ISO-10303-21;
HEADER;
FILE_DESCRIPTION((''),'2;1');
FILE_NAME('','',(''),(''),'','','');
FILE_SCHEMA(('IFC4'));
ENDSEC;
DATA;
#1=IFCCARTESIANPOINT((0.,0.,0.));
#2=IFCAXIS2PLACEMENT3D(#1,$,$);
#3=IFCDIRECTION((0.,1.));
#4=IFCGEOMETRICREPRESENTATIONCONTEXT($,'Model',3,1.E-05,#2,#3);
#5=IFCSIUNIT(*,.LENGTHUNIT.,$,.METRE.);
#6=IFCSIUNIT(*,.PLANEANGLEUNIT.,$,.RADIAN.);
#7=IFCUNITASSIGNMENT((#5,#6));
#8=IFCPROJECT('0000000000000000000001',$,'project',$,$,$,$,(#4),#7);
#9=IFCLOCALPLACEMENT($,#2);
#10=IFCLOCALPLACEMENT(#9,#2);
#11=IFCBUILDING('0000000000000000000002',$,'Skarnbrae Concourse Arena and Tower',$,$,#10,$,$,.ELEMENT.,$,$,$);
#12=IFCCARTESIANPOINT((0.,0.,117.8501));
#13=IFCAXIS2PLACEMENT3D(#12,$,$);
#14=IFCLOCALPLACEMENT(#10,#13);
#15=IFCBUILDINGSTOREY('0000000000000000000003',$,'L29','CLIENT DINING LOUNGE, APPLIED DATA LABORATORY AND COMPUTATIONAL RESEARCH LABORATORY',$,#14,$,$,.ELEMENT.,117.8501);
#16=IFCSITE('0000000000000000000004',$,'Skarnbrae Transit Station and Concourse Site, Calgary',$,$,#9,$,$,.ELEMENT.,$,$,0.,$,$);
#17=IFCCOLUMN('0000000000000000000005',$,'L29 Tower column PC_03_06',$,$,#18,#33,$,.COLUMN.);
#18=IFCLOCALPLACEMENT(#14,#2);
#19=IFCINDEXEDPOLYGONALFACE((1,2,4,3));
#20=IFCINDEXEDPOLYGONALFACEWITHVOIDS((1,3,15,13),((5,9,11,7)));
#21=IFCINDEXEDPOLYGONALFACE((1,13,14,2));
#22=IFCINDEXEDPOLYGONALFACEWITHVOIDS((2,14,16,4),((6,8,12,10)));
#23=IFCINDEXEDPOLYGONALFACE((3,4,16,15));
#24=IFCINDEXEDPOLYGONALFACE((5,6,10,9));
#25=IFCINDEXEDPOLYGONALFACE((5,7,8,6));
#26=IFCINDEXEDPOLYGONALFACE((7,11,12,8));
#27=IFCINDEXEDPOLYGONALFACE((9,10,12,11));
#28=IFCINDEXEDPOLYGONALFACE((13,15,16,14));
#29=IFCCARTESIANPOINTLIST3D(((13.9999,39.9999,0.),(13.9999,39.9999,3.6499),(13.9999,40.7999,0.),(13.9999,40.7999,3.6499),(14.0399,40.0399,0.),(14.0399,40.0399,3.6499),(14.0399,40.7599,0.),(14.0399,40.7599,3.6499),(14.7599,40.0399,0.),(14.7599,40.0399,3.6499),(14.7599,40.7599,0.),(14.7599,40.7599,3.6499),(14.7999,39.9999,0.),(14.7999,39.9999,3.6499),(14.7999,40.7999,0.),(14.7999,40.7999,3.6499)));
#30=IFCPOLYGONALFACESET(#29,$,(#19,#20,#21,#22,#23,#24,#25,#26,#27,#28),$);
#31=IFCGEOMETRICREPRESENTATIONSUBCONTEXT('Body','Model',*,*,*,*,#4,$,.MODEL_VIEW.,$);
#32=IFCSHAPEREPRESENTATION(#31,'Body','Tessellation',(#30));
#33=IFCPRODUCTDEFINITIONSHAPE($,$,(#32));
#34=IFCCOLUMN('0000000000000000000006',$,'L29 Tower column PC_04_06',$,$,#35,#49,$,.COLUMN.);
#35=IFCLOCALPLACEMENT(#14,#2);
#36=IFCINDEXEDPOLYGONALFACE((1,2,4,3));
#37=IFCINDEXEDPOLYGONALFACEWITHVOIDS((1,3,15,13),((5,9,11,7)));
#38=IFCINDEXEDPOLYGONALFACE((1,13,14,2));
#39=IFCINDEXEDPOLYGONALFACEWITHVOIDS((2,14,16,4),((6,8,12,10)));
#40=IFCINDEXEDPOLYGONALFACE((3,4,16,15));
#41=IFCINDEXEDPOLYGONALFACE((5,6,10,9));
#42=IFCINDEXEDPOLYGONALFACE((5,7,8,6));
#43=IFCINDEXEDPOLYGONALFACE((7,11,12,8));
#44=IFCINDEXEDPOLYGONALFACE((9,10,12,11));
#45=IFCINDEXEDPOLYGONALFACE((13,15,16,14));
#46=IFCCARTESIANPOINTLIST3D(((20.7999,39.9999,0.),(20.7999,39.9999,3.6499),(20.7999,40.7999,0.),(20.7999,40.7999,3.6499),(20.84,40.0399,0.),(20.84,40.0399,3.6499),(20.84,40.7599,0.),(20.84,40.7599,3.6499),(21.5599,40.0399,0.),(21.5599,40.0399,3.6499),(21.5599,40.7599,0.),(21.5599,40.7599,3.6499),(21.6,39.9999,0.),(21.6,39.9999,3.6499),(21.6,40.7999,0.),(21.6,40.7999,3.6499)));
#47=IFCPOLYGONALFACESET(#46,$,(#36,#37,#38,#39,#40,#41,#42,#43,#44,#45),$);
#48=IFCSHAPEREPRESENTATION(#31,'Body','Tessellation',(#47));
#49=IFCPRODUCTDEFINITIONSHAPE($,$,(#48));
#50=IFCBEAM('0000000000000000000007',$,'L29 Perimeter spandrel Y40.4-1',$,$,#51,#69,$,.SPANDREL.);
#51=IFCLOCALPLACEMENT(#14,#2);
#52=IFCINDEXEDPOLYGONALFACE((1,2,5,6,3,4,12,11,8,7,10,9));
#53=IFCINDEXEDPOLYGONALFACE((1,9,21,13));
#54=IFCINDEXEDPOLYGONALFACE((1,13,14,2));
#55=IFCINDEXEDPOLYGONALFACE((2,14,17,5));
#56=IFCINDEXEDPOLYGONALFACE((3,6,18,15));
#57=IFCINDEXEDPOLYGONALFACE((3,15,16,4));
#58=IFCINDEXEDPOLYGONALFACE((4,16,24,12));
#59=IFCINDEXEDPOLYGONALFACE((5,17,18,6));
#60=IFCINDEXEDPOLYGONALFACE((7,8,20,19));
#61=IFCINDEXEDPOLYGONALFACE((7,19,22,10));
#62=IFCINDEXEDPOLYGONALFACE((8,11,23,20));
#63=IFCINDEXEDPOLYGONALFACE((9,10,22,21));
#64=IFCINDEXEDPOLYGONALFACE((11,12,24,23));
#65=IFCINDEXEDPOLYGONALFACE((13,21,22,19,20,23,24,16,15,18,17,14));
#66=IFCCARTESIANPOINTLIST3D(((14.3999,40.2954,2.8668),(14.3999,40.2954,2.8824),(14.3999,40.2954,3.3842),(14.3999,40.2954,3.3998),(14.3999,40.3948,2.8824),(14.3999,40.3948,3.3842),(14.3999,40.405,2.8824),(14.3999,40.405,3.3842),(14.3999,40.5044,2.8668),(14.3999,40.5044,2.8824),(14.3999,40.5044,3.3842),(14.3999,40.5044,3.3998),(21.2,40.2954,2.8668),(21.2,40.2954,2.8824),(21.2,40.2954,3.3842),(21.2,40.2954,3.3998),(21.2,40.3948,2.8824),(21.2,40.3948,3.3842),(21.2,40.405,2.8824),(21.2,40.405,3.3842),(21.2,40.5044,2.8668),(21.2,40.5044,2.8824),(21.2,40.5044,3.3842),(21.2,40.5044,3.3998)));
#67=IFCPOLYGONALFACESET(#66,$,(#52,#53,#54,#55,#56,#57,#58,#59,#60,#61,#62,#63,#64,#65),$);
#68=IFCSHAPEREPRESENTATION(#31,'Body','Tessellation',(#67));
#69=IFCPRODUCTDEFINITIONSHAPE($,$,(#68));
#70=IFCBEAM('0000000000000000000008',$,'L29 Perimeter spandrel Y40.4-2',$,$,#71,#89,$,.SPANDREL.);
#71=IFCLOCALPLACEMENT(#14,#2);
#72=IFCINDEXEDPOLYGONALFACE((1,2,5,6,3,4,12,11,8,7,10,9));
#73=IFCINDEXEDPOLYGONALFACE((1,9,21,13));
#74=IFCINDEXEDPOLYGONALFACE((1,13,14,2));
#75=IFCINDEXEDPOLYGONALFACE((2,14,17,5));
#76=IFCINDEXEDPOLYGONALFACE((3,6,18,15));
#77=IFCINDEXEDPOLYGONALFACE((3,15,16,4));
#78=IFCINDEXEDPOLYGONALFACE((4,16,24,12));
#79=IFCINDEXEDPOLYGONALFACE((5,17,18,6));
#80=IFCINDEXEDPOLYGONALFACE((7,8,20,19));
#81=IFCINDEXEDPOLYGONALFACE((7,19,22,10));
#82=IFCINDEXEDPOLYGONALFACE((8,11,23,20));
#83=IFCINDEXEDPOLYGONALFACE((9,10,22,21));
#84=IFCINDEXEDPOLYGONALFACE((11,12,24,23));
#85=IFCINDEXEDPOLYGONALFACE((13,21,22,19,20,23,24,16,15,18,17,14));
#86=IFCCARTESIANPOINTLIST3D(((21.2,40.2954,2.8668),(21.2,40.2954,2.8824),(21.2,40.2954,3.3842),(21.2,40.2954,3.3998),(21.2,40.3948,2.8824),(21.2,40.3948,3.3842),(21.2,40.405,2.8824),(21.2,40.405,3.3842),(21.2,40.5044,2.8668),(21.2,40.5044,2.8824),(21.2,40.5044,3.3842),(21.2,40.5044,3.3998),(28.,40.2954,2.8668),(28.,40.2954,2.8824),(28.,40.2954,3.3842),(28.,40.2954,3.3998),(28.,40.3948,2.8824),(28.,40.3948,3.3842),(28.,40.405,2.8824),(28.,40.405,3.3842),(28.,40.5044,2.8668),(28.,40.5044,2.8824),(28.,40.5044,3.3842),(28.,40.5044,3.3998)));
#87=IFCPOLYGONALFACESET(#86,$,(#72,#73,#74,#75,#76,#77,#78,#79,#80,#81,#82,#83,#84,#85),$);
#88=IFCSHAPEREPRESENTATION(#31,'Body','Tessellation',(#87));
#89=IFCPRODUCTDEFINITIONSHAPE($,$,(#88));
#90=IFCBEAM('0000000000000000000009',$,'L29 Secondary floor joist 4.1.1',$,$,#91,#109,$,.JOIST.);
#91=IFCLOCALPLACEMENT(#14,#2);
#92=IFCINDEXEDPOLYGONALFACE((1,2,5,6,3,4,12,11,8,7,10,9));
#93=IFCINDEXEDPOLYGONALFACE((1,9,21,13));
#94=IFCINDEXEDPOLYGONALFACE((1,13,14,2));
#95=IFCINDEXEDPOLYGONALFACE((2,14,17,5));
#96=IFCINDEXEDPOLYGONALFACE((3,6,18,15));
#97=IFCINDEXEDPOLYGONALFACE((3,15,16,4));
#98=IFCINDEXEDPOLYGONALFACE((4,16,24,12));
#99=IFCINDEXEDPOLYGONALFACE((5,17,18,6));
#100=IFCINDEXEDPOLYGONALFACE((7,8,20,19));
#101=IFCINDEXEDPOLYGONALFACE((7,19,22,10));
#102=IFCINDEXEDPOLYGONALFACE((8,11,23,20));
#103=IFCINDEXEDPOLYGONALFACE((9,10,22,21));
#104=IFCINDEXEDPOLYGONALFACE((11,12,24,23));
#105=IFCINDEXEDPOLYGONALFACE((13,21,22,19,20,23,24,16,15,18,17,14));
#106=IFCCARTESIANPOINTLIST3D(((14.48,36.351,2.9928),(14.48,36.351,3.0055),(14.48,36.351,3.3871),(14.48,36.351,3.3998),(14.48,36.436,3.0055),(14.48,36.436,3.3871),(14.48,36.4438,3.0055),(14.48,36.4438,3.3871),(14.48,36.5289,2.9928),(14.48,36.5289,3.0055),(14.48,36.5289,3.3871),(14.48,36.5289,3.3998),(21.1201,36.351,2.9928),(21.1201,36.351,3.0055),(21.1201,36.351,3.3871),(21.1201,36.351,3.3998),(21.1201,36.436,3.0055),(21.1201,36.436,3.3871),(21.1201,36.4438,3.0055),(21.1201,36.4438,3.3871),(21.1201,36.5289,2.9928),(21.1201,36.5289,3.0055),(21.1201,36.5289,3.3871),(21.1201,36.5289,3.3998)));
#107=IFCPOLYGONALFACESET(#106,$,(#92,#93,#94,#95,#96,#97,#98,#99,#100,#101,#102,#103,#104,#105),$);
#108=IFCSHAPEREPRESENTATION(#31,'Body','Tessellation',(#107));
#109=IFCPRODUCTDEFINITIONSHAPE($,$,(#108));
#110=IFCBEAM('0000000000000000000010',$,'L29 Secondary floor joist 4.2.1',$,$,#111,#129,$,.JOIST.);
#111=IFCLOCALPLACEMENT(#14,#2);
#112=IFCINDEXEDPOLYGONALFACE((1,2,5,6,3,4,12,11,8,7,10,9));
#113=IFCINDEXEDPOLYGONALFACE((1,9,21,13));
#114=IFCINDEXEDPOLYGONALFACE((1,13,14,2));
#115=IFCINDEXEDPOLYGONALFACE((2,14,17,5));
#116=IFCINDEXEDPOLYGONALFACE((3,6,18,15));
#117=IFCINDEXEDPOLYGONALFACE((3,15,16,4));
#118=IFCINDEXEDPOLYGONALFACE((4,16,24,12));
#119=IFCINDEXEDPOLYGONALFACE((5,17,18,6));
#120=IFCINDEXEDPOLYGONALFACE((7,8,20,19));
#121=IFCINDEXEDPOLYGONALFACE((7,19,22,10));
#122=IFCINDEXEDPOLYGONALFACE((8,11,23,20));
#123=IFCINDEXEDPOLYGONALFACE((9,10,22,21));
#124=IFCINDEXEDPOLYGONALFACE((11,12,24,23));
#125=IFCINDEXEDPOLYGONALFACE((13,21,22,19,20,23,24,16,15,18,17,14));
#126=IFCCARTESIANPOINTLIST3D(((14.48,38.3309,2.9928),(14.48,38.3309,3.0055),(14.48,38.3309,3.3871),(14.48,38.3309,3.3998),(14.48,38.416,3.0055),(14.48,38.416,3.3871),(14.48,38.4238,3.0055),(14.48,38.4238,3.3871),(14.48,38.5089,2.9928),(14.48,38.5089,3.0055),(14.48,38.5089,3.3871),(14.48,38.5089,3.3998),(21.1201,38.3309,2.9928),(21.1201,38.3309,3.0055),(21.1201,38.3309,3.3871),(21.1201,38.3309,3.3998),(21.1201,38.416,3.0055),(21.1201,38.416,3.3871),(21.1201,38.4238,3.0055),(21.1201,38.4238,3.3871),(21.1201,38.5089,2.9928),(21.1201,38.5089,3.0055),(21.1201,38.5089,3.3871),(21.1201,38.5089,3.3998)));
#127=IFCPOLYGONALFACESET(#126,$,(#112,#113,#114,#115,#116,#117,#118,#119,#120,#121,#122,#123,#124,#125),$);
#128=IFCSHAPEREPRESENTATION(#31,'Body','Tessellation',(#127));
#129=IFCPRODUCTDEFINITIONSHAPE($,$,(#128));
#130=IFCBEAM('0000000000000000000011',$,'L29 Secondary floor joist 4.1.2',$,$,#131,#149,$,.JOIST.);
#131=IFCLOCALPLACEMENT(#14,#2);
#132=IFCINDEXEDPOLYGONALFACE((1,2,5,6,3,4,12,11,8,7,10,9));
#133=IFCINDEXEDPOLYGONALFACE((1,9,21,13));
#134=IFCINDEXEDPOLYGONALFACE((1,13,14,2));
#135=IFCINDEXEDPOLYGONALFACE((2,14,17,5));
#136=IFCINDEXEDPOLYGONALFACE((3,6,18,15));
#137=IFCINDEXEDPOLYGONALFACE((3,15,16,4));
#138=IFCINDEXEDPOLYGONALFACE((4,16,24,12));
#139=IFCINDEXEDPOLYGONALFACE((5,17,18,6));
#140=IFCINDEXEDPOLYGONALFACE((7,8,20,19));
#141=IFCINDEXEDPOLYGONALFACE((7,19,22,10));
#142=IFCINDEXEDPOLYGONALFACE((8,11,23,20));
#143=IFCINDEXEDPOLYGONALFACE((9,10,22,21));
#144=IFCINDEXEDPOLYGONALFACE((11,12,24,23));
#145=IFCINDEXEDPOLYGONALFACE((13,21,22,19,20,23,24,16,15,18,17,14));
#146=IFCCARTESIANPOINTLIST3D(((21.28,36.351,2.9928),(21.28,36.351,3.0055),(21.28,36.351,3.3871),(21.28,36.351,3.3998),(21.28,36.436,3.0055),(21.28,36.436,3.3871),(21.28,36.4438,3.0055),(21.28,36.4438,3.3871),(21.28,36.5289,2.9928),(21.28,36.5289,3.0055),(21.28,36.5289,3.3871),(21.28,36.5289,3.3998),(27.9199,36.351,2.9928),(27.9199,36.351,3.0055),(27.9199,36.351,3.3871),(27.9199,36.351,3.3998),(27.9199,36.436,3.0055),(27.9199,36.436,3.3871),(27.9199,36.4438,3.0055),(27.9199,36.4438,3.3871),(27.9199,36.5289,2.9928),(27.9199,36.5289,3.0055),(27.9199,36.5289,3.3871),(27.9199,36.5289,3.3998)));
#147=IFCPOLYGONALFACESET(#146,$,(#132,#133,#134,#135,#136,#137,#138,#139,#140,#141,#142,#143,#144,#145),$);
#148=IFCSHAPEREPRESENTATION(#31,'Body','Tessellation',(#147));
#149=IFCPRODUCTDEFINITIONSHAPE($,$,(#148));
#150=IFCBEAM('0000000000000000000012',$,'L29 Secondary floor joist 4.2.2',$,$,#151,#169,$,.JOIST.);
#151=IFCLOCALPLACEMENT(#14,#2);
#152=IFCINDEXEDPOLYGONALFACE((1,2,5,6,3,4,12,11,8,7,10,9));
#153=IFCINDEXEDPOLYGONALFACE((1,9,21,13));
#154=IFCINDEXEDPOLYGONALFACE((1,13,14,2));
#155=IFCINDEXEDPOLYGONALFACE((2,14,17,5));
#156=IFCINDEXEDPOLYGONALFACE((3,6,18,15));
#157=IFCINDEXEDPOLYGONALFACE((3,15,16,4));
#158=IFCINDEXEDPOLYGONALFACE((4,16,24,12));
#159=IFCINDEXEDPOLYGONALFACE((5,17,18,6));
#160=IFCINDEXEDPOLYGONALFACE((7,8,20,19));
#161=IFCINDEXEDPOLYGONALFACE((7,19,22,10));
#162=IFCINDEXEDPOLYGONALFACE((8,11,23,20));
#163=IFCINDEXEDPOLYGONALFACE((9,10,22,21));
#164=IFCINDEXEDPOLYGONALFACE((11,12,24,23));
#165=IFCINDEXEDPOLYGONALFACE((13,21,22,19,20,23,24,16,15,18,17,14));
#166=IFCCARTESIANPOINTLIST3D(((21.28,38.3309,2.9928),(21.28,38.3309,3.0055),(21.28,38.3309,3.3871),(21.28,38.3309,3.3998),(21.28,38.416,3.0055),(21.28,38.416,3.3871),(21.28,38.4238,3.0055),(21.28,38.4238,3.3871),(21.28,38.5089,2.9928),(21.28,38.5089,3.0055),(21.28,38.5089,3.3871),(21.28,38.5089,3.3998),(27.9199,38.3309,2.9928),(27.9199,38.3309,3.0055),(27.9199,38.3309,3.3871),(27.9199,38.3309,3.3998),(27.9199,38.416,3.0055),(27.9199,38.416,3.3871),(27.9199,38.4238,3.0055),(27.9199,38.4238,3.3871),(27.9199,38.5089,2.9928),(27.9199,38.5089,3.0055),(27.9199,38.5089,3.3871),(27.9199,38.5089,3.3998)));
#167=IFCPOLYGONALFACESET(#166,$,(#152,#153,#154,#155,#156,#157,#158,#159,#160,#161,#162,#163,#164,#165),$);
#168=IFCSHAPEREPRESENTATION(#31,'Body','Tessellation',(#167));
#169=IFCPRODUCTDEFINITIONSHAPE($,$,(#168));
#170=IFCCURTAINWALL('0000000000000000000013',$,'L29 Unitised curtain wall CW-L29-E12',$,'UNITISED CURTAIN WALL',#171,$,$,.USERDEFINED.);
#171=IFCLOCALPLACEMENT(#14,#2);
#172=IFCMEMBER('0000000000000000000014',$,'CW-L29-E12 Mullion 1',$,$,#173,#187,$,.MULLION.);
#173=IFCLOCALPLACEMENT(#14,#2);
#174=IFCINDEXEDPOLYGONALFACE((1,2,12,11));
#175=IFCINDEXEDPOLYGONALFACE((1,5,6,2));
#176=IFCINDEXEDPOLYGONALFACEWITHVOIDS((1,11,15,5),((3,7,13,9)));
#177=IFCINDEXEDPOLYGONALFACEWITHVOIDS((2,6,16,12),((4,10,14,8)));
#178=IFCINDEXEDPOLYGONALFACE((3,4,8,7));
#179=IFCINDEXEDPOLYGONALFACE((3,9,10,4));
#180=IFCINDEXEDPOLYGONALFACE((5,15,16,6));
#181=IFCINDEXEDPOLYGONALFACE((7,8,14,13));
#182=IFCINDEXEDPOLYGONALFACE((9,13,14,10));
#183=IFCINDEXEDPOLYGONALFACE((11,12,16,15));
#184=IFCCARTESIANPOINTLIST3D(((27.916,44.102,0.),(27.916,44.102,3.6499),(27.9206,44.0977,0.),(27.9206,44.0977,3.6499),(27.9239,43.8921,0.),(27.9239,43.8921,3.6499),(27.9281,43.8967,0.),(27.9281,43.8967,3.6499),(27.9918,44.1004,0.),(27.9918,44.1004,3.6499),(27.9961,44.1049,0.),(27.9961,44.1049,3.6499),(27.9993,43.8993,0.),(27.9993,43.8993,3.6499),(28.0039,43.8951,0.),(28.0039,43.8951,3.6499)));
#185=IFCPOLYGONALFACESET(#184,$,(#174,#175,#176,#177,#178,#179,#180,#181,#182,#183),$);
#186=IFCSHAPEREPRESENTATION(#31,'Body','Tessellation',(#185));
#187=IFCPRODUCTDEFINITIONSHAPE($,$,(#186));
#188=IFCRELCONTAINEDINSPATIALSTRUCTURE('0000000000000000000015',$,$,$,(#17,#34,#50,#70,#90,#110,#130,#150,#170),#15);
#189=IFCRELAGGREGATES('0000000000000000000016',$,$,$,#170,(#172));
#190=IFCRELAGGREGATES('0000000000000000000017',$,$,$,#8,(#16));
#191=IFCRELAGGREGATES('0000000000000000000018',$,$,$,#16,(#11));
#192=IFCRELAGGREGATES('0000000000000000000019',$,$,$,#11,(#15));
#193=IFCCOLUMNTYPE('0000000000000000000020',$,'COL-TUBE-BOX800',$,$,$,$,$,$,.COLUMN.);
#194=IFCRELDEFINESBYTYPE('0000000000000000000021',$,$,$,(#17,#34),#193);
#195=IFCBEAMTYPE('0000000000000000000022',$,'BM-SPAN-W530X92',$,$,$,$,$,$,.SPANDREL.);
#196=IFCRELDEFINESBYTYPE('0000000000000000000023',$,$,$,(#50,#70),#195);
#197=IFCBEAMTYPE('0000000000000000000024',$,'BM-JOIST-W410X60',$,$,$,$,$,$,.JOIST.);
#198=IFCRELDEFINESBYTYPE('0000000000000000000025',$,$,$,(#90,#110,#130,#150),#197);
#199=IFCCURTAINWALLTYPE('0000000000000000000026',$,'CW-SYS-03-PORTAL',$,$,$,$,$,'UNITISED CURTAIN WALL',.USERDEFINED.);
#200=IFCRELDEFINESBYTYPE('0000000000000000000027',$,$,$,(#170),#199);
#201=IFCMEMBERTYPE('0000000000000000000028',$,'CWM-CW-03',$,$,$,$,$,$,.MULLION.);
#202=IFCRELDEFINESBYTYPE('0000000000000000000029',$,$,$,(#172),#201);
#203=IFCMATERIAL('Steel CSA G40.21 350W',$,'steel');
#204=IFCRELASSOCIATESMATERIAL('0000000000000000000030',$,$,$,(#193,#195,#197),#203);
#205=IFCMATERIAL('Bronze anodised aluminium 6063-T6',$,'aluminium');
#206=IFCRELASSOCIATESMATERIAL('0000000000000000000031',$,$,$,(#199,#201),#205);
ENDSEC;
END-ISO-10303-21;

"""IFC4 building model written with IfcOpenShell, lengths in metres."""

from ifc_helpers import new_model, si_unit, direction, frame, origin, origin_2d, place, context, subcontext, project, spatial, hollow_rectangle, i_section, extrude, source, transform, mapped, material, material_profile, profile_set, type_object, element, aggregate, save


model = new_model("IFC4")

# Units and contexts
model_context = context("Model", 3, precision=1e-05, world=origin(), true_north=direction((0.0, 1.0)))
body_context = subcontext(model_context, "Body", "Model", "MODEL_VIEW")
ifc_project = project(units=[si_unit("LENGTHUNIT", "METRE"), si_unit("PLANEANGLEUNIT", "RADIAN")], contexts=[model_context])

# Site, building, storey
site_placement = place(None, origin())
site = spatial("IfcSite", under=ifc_project, at=site_placement, Name="Skarnbrae Transit Station and Concourse Site, Calgary", CompositionType="ELEMENT", RefElevation=0.0)
building_placement = place(site_placement, origin())
building = spatial("IfcBuilding", under=site, at=building_placement, Name="Skarnbrae Concourse Arena and Tower", CompositionType="ELEMENT")
storey_placement = place(building_placement, frame((0.0, 0.0, 117.8501)))
storey = spatial("IfcBuildingStorey", under=building, at=storey_placement, Name="L29", Description="CLIENT DINING LOUNGE, APPLIED DATA LABORATORY AND COMPUTATIONAL RESEARCH LABORATORY", CompositionType="ELEMENT", Elevation=117.8501)

# Columns
ifc_material_1 = material(Name="Steel CSA G40.21 350W", Category="steel")
ifc_material_profile_1 = material_profile(ifc_material_1, hollow_rectangle(XDim=0.8, YDim=0.8, WallThickness=0.04, at=origin_2d()), Name="BOX800X800X40")
ifc_profile_set_1 = profile_set([ifc_material_profile_1], Name="Steel CSA G40.21 350W")
column_type = type_object("IfcColumnType", Name="COL-TUBE-BOX800", PredefinedType="COLUMN", material=ifc_profile_set_1)
shared_shape_1 = source(origin(), body_context, "Body", "SweptSolid", [
    extrude(hollow_rectangle(XDim=0.8, YDim=0.8, WallThickness=0.04, at=origin_2d()), origin(), (0.0, 0.0, 1.0), 3.6499),
])
for number, where, z_axis, x_axis, name in (
    (1, (14.3999, 40.3999, 0.0), (0.0, 0.0, 1.0), (1.0, 0.0, 0.0), "L29 Tower column PC_03_06"),
    (2, (21.2, 40.3999, 0.0), (0.0, 0.0, 1.0), (1.0, 0.0, 0.0), "L29 Tower column PC_04_06"),
):
    element("IfcColumn", number, at=place(storey_placement, frame(where, z_axis=z_axis, x_axis=x_axis)), inside=storey, type_object=column_type, Name=name, PredefinedType="COLUMN", context=body_context, shape_type="MappedRepresentation", body=[
        mapped(shared_shape_1, transform((0.0, 0.0, 0.0))),
    ])

# Beams
ifc_material_profile_2 = material_profile(ifc_material_1, i_section(OverallWidth=0.209, OverallDepth=0.533, WebThickness=0.0103, FlangeThickness=0.0156, at=origin_2d()), Name="W530X92")
ifc_profile_set_2 = profile_set([ifc_material_profile_2], Name="Steel CSA G40.21 350W")
beam_type_1 = type_object("IfcBeamType", Name="BM-SPAN-W530X92", PredefinedType="SPANDREL", material=ifc_profile_set_2)
shared_shape_2 = source(origin(), body_context, "Body", "SweptSolid", [
    extrude(i_section(OverallWidth=0.209, OverallDepth=0.533, WebThickness=0.0103, FlangeThickness=0.0156, at=origin_2d()), origin(), (0.0, 0.0, 1.0), 6.8),
])
for number, where, z_axis, x_axis, name in (
    (3, (14.3999, 40.3999, 3.1333), (1.0, 0.0, 0.0), (0.0, 1.0, 0.0), "L29 Perimeter spandrel Y40.4-1"),
    (4, (21.2, 40.3999, 3.1333), (1.0, 0.0, 0.0), (0.0, 1.0, 0.0), "L29 Perimeter spandrel Y40.4-2"),
):
    element("IfcBeam", number, at=place(storey_placement, frame(where, z_axis=z_axis, x_axis=x_axis)), inside=storey, type_object=beam_type_1, Name=name, PredefinedType="SPANDREL", context=body_context, shape_type="MappedRepresentation", body=[
        mapped(shared_shape_2, transform((0.0, 0.0, 0.0))),
    ])
ifc_material_profile_3 = material_profile(ifc_material_1, i_section(OverallWidth=0.178, OverallDepth=0.407, WebThickness=0.0078, FlangeThickness=0.0127, at=origin_2d()), Name="W410X60")
ifc_profile_set_3 = profile_set([ifc_material_profile_3], Name="Steel CSA G40.21 350W")
beam_type_2 = type_object("IfcBeamType", Name="BM-JOIST-W410X60", PredefinedType="JOIST", material=ifc_profile_set_3)
shared_shape_3 = source(origin(), body_context, "Body", "SweptSolid", [
    extrude(i_section(OverallWidth=0.178, OverallDepth=0.407, WebThickness=0.0078, FlangeThickness=0.0127, at=origin_2d()), origin(), (0.0, 0.0, 1.0), 6.6401),
])
for number, where, z_axis, x_axis, name in (
    (5, (14.48, 36.4399, 3.1963), (1.0, 0.0, 0.0), (0.0, 1.0, 0.0), "L29 Secondary floor joist 4.1.1"),
    (6, (14.48, 38.4199, 3.1963), (1.0, 0.0, 0.0), (0.0, 1.0, 0.0), "L29 Secondary floor joist 4.2.1"),
):
    element("IfcBeam", number, at=place(storey_placement, frame(where, z_axis=z_axis, x_axis=x_axis)), inside=storey, type_object=beam_type_2, Name=name, PredefinedType="JOIST", context=body_context, shape_type="MappedRepresentation", body=[
        mapped(shared_shape_3, transform((0.0, 0.0, 0.0))),
    ])
shared_shape_4 = source(origin(), body_context, "Body", "SweptSolid", [
    extrude(i_section(OverallWidth=0.178, OverallDepth=0.407, WebThickness=0.0078, FlangeThickness=0.0127, at=origin_2d()), origin(), (0.0, 0.0, 1.0), 6.6399),
])
for number, where, z_axis, x_axis, name in (
    (7, (21.28, 36.4399, 3.1963), (1.0, 0.0, 0.0), (0.0, 1.0, 0.0), "L29 Secondary floor joist 4.1.2"),
    (8, (21.28, 38.4199, 3.1963), (1.0, 0.0, 0.0), (0.0, 1.0, 0.0), "L29 Secondary floor joist 4.2.2"),
):
    element("IfcBeam", number, at=place(storey_placement, frame(where, z_axis=z_axis, x_axis=x_axis)), inside=storey, type_object=beam_type_2, Name=name, PredefinedType="JOIST", context=body_context, shape_type="MappedRepresentation", body=[
        mapped(shared_shape_4, transform((0.0, 0.0, 0.0))),
    ])

# Curtain wall, member
ifc_material_2 = material(Name="Bronze anodised aluminium 6063-T6", Category="aluminium")
curtain_wall_type_1 = type_object("IfcCurtainWallType", Name="CW-SYS-03-PORTAL", ElementType="UNITISED CURTAIN WALL", PredefinedType="USERDEFINED", material=ifc_material_2)
curtain_wall_1_placement = place(storey_placement, origin())
curtain_wall_1 = element("IfcCurtainWall", 9, at=curtain_wall_1_placement, inside=storey, type_object=curtain_wall_type_1, Name="L29 Unitised curtain wall CW-L29-E12", ObjectType="UNITISED CURTAIN WALL", PredefinedType="USERDEFINED")
ifc_material_profile_4 = material_profile(ifc_material_2, hollow_rectangle(XDim=0.0801, YDim=0.21, WallThickness=0.0044, at=origin_2d()), Name="ALU-MULL-80X210")
ifc_profile_set_4 = profile_set([ifc_material_profile_4], Name="Bronze anodised aluminium 6063-T6")
member_type_1 = type_object("IfcMemberType", Name="CWM-CW-03", PredefinedType="MULLION", material=ifc_profile_set_4)
shared_shape_5 = source(origin(), body_context, "Body", "SweptSolid", [
    extrude(hollow_rectangle(XDim=0.0801, YDim=0.21, WallThickness=0.0044, at=origin_2d()), origin(), (0.0, 0.0, 1.0), 3.6499),
])
member_1_placement = place(storey_placement, frame((27.96, 43.9985, 0.0), z_axis=(0.0, 0.0, 1.0), x_axis=(-0.999308, -0.037183, 0.0)))
member_1 = element("IfcMember", 10, at=member_1_placement, type_object=member_type_1, Name="CW-L29-E12 Mullion 1", PredefinedType="MULLION", context=body_context, shape_type="MappedRepresentation", body=[
    mapped(shared_shape_5, transform((0.0, 0.0, 0.0))),
])

aggregate(curtain_wall_1, [member_1])

save(model, "model.ifc")
